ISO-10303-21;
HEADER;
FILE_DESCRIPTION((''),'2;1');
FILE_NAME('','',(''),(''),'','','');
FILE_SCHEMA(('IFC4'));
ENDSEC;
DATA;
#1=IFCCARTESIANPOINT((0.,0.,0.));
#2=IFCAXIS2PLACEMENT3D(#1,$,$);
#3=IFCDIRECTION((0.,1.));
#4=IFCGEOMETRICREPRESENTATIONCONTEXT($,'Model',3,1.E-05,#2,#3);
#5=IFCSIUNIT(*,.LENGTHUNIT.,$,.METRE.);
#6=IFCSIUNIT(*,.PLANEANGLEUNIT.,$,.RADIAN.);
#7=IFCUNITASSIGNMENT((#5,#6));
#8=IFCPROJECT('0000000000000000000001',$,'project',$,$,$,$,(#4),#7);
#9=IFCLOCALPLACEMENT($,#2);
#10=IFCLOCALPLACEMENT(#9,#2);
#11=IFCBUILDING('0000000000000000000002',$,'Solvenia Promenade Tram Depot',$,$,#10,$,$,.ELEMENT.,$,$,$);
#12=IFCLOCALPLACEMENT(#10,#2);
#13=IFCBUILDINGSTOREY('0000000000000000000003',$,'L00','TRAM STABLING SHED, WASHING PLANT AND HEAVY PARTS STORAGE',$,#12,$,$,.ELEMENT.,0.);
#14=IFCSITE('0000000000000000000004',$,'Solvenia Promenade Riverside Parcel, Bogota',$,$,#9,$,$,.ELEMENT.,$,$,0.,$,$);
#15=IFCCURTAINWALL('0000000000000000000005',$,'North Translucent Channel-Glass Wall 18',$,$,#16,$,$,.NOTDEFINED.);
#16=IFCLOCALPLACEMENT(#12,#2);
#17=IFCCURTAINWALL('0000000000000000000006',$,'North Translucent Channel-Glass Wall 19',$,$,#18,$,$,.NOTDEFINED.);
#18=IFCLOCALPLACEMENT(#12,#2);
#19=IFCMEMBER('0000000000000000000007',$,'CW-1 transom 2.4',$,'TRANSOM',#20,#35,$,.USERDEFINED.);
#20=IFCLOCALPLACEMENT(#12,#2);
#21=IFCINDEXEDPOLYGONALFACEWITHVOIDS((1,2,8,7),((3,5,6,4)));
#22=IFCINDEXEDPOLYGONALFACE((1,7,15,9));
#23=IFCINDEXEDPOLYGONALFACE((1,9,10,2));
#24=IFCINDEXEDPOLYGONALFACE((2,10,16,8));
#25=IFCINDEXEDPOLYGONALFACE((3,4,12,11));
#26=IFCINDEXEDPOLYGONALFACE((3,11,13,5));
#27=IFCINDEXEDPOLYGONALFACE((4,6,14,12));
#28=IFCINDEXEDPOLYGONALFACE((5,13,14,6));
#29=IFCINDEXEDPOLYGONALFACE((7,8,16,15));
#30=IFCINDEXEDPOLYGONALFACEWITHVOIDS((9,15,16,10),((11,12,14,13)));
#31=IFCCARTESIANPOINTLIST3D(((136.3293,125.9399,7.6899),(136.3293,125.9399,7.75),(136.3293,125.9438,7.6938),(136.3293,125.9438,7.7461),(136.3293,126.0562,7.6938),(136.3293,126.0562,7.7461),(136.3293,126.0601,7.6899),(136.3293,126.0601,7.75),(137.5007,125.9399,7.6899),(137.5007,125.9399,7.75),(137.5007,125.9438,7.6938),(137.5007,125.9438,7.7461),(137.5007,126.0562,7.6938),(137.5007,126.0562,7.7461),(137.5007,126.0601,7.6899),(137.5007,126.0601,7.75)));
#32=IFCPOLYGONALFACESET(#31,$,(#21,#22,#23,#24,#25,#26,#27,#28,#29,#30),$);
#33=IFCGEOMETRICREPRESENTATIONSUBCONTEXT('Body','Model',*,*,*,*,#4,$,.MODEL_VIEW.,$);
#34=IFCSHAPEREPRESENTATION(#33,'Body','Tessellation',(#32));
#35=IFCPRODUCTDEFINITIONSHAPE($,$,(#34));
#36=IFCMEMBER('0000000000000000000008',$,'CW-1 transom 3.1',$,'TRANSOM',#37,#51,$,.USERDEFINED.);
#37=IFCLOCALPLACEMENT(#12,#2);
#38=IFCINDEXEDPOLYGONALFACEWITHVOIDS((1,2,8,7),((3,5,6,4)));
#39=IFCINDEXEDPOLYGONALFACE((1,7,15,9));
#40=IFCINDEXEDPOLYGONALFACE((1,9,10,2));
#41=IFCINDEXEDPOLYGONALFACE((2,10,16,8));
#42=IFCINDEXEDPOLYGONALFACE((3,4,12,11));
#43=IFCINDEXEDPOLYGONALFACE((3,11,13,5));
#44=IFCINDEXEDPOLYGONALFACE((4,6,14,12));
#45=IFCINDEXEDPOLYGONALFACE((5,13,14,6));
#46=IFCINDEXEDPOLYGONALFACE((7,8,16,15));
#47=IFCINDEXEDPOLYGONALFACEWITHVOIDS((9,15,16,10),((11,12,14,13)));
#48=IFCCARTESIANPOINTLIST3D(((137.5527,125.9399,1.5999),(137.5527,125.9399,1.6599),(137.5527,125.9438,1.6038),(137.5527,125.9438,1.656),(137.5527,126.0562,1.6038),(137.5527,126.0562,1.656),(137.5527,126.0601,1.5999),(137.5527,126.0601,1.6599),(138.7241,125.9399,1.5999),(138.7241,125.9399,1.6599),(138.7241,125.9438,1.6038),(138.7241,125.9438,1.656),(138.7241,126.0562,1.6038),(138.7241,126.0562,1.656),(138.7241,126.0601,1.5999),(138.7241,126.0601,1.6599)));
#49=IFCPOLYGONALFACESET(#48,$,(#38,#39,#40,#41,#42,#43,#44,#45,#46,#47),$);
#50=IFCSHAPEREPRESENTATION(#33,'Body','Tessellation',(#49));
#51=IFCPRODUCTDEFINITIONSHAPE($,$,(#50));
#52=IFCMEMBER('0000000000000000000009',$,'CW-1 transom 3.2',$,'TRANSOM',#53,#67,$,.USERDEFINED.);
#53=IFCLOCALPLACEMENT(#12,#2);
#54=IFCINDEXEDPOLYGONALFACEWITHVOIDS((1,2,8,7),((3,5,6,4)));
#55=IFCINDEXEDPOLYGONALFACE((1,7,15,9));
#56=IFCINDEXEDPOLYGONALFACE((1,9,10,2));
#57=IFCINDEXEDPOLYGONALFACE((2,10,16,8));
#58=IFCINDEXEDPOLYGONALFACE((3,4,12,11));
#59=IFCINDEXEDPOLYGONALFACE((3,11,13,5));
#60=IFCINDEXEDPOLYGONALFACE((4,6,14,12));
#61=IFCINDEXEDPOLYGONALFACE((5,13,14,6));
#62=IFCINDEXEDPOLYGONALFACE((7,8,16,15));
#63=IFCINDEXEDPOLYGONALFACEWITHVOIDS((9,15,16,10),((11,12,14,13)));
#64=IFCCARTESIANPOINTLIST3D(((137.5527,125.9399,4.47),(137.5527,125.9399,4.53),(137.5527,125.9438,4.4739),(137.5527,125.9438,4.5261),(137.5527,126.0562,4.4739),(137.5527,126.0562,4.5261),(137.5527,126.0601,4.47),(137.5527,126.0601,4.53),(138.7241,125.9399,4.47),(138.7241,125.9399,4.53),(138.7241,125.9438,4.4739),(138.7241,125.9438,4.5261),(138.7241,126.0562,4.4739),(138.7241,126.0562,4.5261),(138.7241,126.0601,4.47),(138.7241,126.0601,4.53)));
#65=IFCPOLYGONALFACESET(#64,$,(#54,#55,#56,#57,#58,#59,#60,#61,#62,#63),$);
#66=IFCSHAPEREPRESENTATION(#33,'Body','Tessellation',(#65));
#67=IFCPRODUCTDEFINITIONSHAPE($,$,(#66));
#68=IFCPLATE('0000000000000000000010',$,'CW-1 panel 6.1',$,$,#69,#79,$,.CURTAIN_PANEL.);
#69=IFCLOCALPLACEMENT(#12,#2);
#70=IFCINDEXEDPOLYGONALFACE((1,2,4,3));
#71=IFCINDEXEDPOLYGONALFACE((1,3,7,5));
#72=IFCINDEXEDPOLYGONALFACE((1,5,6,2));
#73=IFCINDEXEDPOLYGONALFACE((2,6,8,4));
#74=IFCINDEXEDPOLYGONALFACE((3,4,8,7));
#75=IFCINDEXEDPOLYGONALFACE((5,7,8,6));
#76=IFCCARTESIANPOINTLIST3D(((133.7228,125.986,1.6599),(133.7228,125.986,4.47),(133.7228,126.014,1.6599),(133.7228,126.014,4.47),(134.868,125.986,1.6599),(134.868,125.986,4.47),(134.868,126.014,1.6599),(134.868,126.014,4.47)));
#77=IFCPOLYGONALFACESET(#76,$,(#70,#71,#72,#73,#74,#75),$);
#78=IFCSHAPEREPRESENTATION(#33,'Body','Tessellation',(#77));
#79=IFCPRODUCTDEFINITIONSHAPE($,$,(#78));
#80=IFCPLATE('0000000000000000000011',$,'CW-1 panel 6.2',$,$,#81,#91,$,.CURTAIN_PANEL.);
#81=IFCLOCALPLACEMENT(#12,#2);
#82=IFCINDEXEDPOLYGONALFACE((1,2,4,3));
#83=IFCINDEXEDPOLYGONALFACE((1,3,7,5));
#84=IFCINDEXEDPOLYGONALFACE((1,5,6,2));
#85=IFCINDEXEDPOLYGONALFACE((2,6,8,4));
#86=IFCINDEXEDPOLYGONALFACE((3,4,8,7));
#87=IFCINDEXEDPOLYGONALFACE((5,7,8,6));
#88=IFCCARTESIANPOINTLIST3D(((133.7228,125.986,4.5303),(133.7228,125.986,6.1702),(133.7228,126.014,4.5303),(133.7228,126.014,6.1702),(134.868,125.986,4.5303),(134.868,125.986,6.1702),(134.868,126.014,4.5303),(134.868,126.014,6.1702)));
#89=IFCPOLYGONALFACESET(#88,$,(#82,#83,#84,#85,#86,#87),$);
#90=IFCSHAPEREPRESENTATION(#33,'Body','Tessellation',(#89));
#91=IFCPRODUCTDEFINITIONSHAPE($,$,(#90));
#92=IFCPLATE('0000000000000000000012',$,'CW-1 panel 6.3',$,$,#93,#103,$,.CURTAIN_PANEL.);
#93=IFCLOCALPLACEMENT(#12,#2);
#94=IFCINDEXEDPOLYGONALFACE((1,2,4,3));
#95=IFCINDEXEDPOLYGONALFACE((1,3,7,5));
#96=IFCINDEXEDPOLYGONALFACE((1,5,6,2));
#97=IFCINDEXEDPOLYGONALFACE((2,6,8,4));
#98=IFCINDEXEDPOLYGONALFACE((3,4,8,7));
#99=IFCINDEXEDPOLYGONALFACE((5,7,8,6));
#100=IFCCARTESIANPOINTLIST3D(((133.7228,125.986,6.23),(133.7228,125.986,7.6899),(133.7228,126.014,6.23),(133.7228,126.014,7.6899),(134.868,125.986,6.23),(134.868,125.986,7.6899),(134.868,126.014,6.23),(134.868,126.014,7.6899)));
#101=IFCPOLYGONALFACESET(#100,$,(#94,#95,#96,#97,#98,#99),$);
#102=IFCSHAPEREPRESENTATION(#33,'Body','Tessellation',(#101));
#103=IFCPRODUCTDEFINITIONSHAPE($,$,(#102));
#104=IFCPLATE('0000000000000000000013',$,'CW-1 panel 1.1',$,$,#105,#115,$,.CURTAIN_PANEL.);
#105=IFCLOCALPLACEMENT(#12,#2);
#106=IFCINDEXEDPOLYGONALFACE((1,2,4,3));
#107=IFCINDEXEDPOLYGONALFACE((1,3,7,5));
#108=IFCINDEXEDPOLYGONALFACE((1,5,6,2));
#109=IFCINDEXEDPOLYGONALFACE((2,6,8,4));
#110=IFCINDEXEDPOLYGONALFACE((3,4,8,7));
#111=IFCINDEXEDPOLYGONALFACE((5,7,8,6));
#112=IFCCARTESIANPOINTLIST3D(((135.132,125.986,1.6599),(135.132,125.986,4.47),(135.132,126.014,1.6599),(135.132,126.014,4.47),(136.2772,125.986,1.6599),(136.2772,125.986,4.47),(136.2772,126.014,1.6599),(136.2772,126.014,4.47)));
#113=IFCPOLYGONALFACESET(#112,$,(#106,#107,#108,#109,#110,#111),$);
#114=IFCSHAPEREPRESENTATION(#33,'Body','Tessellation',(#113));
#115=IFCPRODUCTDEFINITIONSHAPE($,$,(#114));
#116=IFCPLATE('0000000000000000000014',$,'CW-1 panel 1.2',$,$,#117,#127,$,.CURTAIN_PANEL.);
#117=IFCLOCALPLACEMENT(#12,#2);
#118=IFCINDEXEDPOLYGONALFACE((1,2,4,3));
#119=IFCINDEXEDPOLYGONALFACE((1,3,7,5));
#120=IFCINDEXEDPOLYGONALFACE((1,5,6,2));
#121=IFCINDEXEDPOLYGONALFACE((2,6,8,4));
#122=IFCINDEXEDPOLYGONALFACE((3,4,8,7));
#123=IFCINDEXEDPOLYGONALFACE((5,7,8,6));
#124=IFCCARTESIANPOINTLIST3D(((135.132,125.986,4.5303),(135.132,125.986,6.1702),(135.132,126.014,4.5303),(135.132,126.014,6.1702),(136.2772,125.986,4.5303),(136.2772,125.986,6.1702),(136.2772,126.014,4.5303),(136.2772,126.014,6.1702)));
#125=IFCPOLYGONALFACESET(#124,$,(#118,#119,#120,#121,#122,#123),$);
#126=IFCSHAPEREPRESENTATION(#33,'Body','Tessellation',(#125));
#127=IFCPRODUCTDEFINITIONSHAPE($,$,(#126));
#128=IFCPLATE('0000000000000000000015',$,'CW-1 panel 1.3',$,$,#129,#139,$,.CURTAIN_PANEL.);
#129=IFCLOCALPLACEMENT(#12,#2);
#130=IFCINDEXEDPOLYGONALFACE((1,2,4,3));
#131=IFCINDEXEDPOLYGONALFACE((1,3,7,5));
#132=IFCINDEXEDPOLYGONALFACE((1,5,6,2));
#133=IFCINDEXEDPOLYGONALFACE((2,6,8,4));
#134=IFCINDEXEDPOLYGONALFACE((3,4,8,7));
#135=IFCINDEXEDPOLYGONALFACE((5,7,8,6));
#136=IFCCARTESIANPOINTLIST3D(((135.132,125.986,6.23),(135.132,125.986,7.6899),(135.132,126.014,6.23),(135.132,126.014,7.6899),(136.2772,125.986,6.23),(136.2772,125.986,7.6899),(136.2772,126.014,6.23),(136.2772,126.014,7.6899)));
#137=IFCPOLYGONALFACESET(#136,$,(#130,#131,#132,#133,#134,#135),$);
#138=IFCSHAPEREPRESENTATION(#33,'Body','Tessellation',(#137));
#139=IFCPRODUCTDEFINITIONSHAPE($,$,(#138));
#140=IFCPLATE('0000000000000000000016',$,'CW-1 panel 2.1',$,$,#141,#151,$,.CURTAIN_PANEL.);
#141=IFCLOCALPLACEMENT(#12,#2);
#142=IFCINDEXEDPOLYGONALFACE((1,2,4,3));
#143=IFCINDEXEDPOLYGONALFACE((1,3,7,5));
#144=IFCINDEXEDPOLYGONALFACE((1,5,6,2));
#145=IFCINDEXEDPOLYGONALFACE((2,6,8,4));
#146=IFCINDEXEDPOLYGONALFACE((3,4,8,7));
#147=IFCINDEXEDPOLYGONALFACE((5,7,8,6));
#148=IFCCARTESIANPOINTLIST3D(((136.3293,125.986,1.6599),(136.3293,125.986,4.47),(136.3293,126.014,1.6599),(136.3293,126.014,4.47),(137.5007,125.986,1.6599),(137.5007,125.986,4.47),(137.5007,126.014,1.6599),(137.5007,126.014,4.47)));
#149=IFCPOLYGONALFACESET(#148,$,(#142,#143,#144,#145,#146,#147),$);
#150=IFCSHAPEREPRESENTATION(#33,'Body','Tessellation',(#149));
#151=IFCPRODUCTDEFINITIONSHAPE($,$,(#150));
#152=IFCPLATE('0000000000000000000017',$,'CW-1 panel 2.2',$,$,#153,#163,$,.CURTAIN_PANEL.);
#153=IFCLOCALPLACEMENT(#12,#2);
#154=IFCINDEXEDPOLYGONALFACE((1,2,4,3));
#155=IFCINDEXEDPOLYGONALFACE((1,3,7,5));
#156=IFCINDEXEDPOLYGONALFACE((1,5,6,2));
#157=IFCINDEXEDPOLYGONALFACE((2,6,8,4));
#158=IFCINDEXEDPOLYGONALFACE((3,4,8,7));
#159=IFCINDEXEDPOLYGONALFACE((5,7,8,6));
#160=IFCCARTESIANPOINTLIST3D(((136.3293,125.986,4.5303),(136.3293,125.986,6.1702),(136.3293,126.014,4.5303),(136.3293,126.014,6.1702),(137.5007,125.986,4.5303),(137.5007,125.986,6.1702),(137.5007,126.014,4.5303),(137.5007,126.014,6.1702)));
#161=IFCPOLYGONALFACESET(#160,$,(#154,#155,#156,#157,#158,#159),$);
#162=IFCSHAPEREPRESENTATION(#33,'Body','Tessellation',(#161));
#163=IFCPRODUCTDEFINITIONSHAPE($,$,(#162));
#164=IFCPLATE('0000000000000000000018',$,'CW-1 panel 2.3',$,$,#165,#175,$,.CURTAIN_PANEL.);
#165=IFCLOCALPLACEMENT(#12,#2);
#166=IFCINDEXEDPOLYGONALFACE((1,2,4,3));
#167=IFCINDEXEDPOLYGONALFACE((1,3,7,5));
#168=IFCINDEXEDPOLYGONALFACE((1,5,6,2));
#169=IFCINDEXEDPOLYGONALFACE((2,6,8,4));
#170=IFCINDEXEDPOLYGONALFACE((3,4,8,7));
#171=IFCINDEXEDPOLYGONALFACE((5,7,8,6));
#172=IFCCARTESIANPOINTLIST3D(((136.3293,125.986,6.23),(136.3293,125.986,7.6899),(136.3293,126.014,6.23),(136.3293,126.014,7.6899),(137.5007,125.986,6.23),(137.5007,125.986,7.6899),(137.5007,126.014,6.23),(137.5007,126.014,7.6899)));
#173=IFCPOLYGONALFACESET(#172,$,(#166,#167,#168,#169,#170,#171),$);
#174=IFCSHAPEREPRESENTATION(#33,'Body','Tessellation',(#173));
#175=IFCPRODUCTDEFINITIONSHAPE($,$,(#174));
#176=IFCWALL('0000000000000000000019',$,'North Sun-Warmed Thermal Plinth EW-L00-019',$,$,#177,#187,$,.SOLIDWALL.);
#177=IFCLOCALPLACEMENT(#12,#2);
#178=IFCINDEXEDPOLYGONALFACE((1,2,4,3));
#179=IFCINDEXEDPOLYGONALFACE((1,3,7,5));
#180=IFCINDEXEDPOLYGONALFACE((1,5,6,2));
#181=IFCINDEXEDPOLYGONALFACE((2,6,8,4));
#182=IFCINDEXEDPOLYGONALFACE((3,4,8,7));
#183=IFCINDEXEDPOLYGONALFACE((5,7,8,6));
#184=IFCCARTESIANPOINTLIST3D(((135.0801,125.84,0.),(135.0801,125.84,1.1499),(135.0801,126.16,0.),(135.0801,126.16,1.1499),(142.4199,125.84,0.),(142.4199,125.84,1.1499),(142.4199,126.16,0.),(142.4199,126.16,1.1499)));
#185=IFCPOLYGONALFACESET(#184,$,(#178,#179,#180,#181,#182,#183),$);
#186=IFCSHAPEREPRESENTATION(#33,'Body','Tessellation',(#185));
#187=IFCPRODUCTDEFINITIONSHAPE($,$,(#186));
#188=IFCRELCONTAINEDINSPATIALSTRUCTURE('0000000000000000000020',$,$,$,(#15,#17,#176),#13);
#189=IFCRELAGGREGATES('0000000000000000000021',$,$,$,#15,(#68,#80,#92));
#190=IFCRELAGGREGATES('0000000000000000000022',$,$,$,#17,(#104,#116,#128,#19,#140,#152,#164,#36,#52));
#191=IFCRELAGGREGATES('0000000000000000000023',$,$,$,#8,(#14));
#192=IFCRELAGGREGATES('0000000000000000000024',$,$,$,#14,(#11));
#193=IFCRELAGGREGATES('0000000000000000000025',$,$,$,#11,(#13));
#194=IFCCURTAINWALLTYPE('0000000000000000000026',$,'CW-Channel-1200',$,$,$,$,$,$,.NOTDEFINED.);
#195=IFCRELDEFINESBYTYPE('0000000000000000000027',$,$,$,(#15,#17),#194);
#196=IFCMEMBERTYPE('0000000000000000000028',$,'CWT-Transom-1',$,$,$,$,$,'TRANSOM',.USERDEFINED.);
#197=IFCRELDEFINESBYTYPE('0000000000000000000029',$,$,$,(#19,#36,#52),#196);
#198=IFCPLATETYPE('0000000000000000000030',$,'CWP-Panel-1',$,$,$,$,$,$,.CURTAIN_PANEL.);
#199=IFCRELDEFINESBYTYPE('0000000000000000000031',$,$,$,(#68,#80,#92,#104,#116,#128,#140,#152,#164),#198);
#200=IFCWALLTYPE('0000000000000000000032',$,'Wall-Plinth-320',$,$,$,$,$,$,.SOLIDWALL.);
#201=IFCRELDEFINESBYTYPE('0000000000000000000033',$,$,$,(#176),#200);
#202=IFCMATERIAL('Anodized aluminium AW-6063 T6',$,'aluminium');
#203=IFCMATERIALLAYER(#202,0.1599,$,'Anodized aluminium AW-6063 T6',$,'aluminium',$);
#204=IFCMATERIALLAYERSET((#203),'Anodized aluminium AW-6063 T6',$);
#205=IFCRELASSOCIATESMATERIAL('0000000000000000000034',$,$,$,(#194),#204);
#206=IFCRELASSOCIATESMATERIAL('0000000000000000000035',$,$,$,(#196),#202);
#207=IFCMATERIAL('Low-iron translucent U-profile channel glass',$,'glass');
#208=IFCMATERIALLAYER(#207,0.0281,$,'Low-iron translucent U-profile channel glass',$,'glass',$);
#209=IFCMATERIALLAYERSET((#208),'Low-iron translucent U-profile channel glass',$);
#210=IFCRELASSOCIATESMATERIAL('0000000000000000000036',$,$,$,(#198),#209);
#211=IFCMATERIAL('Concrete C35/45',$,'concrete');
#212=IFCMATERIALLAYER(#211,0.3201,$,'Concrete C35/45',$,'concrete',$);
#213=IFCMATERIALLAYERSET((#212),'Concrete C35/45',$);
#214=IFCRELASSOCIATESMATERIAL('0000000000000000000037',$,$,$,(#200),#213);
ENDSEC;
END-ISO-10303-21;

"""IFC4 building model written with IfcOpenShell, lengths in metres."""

from ifc_helpers import new_model, si_unit, direction, frame, frame_2d, origin, origin_2d, place, context, subcontext, project, spatial, rectangle, hollow_rectangle, extrude, material, layer, layer_set, material_profile, profile_set, type_object, element, aggregate, save


model = new_model("IFC4")

# Units and contexts
model_context = context("Model", 3, precision=1e-05, world=origin(), true_north=direction((0.0, 1.0)))
body_context = subcontext(model_context, "Body", "Model", "MODEL_VIEW")
ifc_project = project(units=[si_unit("LENGTHUNIT", "METRE"), si_unit("PLANEANGLEUNIT", "RADIAN")], contexts=[model_context])

# Site, building, storey
site_placement = place(None, origin())
site = spatial("IfcSite", under=ifc_project, at=site_placement, Name="Solvenia Promenade Riverside Parcel, Bogota", CompositionType="ELEMENT", RefElevation=0.0)
building_placement = place(site_placement, origin())
building = spatial("IfcBuilding", under=site, at=building_placement, Name="Solvenia Promenade Tram Depot", CompositionType="ELEMENT")
storey_placement = place(building_placement, origin())
storey = spatial("IfcBuildingStorey", under=building, at=storey_placement, Name="L00", Description="TRAM STABLING SHED, WASHING PLANT AND HEAVY PARTS STORAGE", CompositionType="ELEMENT", Elevation=0.0)

# Curtain wall
ifc_material_1 = material(Name="Anodized aluminium AW-6063 T6", Category="aluminium")
ifc_layer_1 = layer(ifc_material_1, 0.1599, Name="Anodized aluminium AW-6063 T6", Category="aluminium")
ifc_layer_set_1 = layer_set([ifc_layer_1], Name="Anodized aluminium AW-6063 T6")
curtain_wall_type = type_object("IfcCurtainWallType", Name="CW-Channel-1200", PredefinedType="NOTDEFINED", material=ifc_layer_set_1)
curtain_wall_1_placement = place(storey_placement, origin())
curtain_wall_1 = element("IfcCurtainWall", 1, at=curtain_wall_1_placement, inside=storey, type_object=curtain_wall_type, Name="North Translucent Channel-Glass Wall 18", PredefinedType="NOTDEFINED")

# Curtain wall
curtain_wall_2_placement = place(storey_placement, origin())
curtain_wall_2 = element("IfcCurtainWall", 2, at=curtain_wall_2_placement, inside=storey, type_object=curtain_wall_type, Name="North Translucent Channel-Glass Wall 19", PredefinedType="NOTDEFINED")

# Members
ifc_material_profile_1 = material_profile(ifc_material_1, hollow_rectangle(XDim=0.1201, YDim=0.0601, WallThickness=0.0039, at=origin_2d()), Name="ALU-T1", Category="aluminium")
ifc_profile_set_1 = profile_set([ifc_material_profile_1], Name="Anodized aluminium AW-6063 T6")
member_type_1 = type_object("IfcMemberType", Name="CWT-Transom-1", ElementType="TRANSOM", PredefinedType="USERDEFINED", material=ifc_profile_set_1)
member_1_placement = place(storey_placement, frame((136.3293, 126.0, 7.72), z_axis=(1.0, 0.0, 0.0), x_axis=(0.0, 1.0, 0.0)))
member_1 = element("IfcMember", 3, at=member_1_placement, type_object=member_type_1, Name="CW-1 transom 2.4", ObjectType="TRANSOM", PredefinedType="USERDEFINED", context=body_context, shape_type="SweptSolid", body=[
    extrude(hollow_rectangle(XDim=0.1201, YDim=0.0601, WallThickness=0.0039, at=origin_2d()), origin(), (0.0, 0.0, 1.0), 1.1714),
])
member_2_placement = place(storey_placement, frame((137.5527, 126.0, 1.6299), z_axis=(1.0, 0.0, 0.0), x_axis=(0.0, 1.0, 0.0)))
member_2 = element("IfcMember", 4, at=member_2_placement, type_object=member_type_1, Name="CW-1 transom 3.1", ObjectType="TRANSOM", PredefinedType="USERDEFINED", context=body_context, shape_type="SweptSolid", body=[
    extrude(hollow_rectangle(XDim=0.1201, YDim=0.0601, WallThickness=0.0039, at=origin_2d()), origin(), (0.0, 0.0, 1.0), 1.1714),
])
member_3_placement = place(storey_placement, frame((137.5527, 126.0, 4.5), z_axis=(1.0, 0.0, 0.0), x_axis=(0.0, 1.0, 0.0)))
member_3 = element("IfcMember", 5, at=member_3_placement, type_object=member_type_1, Name="CW-1 transom 3.2", ObjectType="TRANSOM", PredefinedType="USERDEFINED", context=body_context, shape_type="SweptSolid", body=[
    extrude(hollow_rectangle(XDim=0.1201, YDim=0.0601, WallThickness=0.0039, at=origin_2d()), origin(), (0.0, 0.0, 1.0), 1.1714),
])

# Plates
ifc_material_2 = material(Name="Low-iron translucent U-profile channel glass", Category="glass")
ifc_layer_2 = layer(ifc_material_2, 0.0281, Name="Low-iron translucent U-profile channel glass", Category="glass")
ifc_layer_set_2 = layer_set([ifc_layer_2], Name="Low-iron translucent U-profile channel glass")
plate_type = type_object("IfcPlateType", Name="CWP-Panel-1", PredefinedType="CURTAIN_PANEL", material=ifc_layer_set_2)
plate_1_placement = place(storey_placement, frame((134.2954, 126.0, 1.6599), z_axis=(0.0, 0.0, 1.0), x_axis=(1.0, 0.0, 0.0)))
plate_1 = element("IfcPlate", 6, at=plate_1_placement, type_object=plate_type, Name="CW-1 panel 6.1", PredefinedType="CURTAIN_PANEL", context=body_context, shape_type="SweptSolid", body=[
    extrude(rectangle(XDim=1.1453, YDim=0.0281, at=origin_2d()), origin(), (0.0, 0.0, 1.0), 2.8101),
])
plate_2_placement = place(storey_placement, frame((134.2954, 126.0, 4.5303), z_axis=(0.0, 0.0, 1.0), x_axis=(1.0, 0.0, 0.0)))
plate_2 = element("IfcPlate", 7, at=plate_2_placement, type_object=plate_type, Name="CW-1 panel 6.2", PredefinedType="CURTAIN_PANEL", context=body_context, shape_type="SweptSolid", body=[
    extrude(rectangle(XDim=1.1453, YDim=0.0281, at=origin_2d()), origin(), (0.0, 0.0, 1.0), 1.6399),
])
plate_3_placement = place(storey_placement, frame((134.2954, 126.0, 6.23), z_axis=(0.0, 0.0, 1.0), x_axis=(1.0, 0.0, 0.0)))
plate_3 = element("IfcPlate", 8, at=plate_3_placement, type_object=plate_type, Name="CW-1 panel 6.3", PredefinedType="CURTAIN_PANEL", context=body_context, shape_type="SweptSolid", body=[
    extrude(rectangle(XDim=1.1453, YDim=0.0281, at=origin_2d()), origin(), (0.0, 0.0, 1.0), 1.46),
])
aggregate(curtain_wall_1, [plate_1, plate_2, plate_3])
plate_4_placement = place(storey_placement, frame((135.7046, 126.0, 1.6599), z_axis=(0.0, 0.0, 1.0), x_axis=(1.0, 0.0, 0.0)))
plate_4 = element("IfcPlate", 9, at=plate_4_placement, type_object=plate_type, Name="CW-1 panel 1.1", PredefinedType="CURTAIN_PANEL", context=body_context, shape_type="SweptSolid", body=[
    extrude(rectangle(XDim=1.1453, YDim=0.0281, at=origin_2d()), origin(), (0.0, 0.0, 1.0), 2.8101),
])
plate_5_placement = place(storey_placement, frame((135.7046, 126.0, 4.5303), z_axis=(0.0, 0.0, 1.0), x_axis=(1.0, 0.0, 0.0)))
plate_5 = element("IfcPlate", 10, at=plate_5_placement, type_object=plate_type, Name="CW-1 panel 1.2", PredefinedType="CURTAIN_PANEL", context=body_context, shape_type="SweptSolid", body=[
    extrude(rectangle(XDim=1.1453, YDim=0.0281, at=origin_2d()), origin(), (0.0, 0.0, 1.0), 1.6399),
])
plate_6_placement = place(storey_placement, frame((135.7046, 126.0, 6.23), z_axis=(0.0, 0.0, 1.0), x_axis=(1.0, 0.0, 0.0)))
plate_6 = element("IfcPlate", 11, at=plate_6_placement, type_object=plate_type, Name="CW-1 panel 1.3", PredefinedType="CURTAIN_PANEL", context=body_context, shape_type="SweptSolid", body=[
    extrude(rectangle(XDim=1.1453, YDim=0.0281, at=origin_2d()), origin(), (0.0, 0.0, 1.0), 1.46),
])
plate_7_placement = place(storey_placement, frame((136.915, 126.0, 1.6599), z_axis=(0.0, 0.0, 1.0), x_axis=(1.0, 0.0, 0.0)))
plate_7 = element("IfcPlate", 12, at=plate_7_placement, type_object=plate_type, Name="CW-1 panel 2.1", PredefinedType="CURTAIN_PANEL", context=body_context, shape_type="SweptSolid", body=[
    extrude(rectangle(XDim=1.1714, YDim=0.0281, at=origin_2d()), origin(), (0.0, 0.0, 1.0), 2.8101),
])
plate_8_placement = place(storey_placement, frame((136.915, 126.0, 4.5303), z_axis=(0.0, 0.0, 1.0), x_axis=(1.0, 0.0, 0.0)))
plate_8 = element("IfcPlate", 13, at=plate_8_placement, type_object=plate_type, Name="CW-1 panel 2.2", PredefinedType="CURTAIN_PANEL", context=body_context, shape_type="SweptSolid", body=[
    extrude(rectangle(XDim=1.1714, YDim=0.0281, at=origin_2d()), origin(), (0.0, 0.0, 1.0), 1.6399),
])
plate_9_placement = place(storey_placement, frame((136.915, 126.0, 6.23), z_axis=(0.0, 0.0, 1.0), x_axis=(1.0, 0.0, 0.0)))
plate_9 = element("IfcPlate", 14, at=plate_9_placement, type_object=plate_type, Name="CW-1 panel 2.3", PredefinedType="CURTAIN_PANEL", context=body_context, shape_type="SweptSolid", body=[
    extrude(rectangle(XDim=1.1714, YDim=0.0281, at=origin_2d()), origin(), (0.0, 0.0, 1.0), 1.46),
])
aggregate(curtain_wall_2, [plate_4, plate_5, plate_6, member_1, plate_7, plate_8, plate_9, member_2, member_3])

# Wall
ifc_material_3 = material(Name="Concrete C35/45", Category="concrete")
ifc_layer_3 = layer(ifc_material_3, 0.3201, Name="Concrete C35/45", Category="concrete")
ifc_layer_set_3 = layer_set([ifc_layer_3], Name="Concrete C35/45")
wall_type = type_object("IfcWallType", Name="Wall-Plinth-320", PredefinedType="SOLIDWALL", material=ifc_layer_set_3)
wall_placement = place(storey_placement, frame((135.0801, 126.0, 0.0), z_axis=(0.0, 0.0, 1.0), x_axis=(1.0, 0.0, 0.0)))
element("IfcWall", 15, at=wall_placement, inside=storey, type_object=wall_type, Name="North Sun-Warmed Thermal Plinth EW-L00-019", PredefinedType="SOLIDWALL", context=body_context, shape_type="SweptSolid", body=[
    extrude(rectangle(XDim=7.3398, YDim=0.3201, at=frame_2d((3.6699, 0.0))), origin(), (0.0, 0.0, 1.0), 1.1499),
])

save(model, "model.ifc")
